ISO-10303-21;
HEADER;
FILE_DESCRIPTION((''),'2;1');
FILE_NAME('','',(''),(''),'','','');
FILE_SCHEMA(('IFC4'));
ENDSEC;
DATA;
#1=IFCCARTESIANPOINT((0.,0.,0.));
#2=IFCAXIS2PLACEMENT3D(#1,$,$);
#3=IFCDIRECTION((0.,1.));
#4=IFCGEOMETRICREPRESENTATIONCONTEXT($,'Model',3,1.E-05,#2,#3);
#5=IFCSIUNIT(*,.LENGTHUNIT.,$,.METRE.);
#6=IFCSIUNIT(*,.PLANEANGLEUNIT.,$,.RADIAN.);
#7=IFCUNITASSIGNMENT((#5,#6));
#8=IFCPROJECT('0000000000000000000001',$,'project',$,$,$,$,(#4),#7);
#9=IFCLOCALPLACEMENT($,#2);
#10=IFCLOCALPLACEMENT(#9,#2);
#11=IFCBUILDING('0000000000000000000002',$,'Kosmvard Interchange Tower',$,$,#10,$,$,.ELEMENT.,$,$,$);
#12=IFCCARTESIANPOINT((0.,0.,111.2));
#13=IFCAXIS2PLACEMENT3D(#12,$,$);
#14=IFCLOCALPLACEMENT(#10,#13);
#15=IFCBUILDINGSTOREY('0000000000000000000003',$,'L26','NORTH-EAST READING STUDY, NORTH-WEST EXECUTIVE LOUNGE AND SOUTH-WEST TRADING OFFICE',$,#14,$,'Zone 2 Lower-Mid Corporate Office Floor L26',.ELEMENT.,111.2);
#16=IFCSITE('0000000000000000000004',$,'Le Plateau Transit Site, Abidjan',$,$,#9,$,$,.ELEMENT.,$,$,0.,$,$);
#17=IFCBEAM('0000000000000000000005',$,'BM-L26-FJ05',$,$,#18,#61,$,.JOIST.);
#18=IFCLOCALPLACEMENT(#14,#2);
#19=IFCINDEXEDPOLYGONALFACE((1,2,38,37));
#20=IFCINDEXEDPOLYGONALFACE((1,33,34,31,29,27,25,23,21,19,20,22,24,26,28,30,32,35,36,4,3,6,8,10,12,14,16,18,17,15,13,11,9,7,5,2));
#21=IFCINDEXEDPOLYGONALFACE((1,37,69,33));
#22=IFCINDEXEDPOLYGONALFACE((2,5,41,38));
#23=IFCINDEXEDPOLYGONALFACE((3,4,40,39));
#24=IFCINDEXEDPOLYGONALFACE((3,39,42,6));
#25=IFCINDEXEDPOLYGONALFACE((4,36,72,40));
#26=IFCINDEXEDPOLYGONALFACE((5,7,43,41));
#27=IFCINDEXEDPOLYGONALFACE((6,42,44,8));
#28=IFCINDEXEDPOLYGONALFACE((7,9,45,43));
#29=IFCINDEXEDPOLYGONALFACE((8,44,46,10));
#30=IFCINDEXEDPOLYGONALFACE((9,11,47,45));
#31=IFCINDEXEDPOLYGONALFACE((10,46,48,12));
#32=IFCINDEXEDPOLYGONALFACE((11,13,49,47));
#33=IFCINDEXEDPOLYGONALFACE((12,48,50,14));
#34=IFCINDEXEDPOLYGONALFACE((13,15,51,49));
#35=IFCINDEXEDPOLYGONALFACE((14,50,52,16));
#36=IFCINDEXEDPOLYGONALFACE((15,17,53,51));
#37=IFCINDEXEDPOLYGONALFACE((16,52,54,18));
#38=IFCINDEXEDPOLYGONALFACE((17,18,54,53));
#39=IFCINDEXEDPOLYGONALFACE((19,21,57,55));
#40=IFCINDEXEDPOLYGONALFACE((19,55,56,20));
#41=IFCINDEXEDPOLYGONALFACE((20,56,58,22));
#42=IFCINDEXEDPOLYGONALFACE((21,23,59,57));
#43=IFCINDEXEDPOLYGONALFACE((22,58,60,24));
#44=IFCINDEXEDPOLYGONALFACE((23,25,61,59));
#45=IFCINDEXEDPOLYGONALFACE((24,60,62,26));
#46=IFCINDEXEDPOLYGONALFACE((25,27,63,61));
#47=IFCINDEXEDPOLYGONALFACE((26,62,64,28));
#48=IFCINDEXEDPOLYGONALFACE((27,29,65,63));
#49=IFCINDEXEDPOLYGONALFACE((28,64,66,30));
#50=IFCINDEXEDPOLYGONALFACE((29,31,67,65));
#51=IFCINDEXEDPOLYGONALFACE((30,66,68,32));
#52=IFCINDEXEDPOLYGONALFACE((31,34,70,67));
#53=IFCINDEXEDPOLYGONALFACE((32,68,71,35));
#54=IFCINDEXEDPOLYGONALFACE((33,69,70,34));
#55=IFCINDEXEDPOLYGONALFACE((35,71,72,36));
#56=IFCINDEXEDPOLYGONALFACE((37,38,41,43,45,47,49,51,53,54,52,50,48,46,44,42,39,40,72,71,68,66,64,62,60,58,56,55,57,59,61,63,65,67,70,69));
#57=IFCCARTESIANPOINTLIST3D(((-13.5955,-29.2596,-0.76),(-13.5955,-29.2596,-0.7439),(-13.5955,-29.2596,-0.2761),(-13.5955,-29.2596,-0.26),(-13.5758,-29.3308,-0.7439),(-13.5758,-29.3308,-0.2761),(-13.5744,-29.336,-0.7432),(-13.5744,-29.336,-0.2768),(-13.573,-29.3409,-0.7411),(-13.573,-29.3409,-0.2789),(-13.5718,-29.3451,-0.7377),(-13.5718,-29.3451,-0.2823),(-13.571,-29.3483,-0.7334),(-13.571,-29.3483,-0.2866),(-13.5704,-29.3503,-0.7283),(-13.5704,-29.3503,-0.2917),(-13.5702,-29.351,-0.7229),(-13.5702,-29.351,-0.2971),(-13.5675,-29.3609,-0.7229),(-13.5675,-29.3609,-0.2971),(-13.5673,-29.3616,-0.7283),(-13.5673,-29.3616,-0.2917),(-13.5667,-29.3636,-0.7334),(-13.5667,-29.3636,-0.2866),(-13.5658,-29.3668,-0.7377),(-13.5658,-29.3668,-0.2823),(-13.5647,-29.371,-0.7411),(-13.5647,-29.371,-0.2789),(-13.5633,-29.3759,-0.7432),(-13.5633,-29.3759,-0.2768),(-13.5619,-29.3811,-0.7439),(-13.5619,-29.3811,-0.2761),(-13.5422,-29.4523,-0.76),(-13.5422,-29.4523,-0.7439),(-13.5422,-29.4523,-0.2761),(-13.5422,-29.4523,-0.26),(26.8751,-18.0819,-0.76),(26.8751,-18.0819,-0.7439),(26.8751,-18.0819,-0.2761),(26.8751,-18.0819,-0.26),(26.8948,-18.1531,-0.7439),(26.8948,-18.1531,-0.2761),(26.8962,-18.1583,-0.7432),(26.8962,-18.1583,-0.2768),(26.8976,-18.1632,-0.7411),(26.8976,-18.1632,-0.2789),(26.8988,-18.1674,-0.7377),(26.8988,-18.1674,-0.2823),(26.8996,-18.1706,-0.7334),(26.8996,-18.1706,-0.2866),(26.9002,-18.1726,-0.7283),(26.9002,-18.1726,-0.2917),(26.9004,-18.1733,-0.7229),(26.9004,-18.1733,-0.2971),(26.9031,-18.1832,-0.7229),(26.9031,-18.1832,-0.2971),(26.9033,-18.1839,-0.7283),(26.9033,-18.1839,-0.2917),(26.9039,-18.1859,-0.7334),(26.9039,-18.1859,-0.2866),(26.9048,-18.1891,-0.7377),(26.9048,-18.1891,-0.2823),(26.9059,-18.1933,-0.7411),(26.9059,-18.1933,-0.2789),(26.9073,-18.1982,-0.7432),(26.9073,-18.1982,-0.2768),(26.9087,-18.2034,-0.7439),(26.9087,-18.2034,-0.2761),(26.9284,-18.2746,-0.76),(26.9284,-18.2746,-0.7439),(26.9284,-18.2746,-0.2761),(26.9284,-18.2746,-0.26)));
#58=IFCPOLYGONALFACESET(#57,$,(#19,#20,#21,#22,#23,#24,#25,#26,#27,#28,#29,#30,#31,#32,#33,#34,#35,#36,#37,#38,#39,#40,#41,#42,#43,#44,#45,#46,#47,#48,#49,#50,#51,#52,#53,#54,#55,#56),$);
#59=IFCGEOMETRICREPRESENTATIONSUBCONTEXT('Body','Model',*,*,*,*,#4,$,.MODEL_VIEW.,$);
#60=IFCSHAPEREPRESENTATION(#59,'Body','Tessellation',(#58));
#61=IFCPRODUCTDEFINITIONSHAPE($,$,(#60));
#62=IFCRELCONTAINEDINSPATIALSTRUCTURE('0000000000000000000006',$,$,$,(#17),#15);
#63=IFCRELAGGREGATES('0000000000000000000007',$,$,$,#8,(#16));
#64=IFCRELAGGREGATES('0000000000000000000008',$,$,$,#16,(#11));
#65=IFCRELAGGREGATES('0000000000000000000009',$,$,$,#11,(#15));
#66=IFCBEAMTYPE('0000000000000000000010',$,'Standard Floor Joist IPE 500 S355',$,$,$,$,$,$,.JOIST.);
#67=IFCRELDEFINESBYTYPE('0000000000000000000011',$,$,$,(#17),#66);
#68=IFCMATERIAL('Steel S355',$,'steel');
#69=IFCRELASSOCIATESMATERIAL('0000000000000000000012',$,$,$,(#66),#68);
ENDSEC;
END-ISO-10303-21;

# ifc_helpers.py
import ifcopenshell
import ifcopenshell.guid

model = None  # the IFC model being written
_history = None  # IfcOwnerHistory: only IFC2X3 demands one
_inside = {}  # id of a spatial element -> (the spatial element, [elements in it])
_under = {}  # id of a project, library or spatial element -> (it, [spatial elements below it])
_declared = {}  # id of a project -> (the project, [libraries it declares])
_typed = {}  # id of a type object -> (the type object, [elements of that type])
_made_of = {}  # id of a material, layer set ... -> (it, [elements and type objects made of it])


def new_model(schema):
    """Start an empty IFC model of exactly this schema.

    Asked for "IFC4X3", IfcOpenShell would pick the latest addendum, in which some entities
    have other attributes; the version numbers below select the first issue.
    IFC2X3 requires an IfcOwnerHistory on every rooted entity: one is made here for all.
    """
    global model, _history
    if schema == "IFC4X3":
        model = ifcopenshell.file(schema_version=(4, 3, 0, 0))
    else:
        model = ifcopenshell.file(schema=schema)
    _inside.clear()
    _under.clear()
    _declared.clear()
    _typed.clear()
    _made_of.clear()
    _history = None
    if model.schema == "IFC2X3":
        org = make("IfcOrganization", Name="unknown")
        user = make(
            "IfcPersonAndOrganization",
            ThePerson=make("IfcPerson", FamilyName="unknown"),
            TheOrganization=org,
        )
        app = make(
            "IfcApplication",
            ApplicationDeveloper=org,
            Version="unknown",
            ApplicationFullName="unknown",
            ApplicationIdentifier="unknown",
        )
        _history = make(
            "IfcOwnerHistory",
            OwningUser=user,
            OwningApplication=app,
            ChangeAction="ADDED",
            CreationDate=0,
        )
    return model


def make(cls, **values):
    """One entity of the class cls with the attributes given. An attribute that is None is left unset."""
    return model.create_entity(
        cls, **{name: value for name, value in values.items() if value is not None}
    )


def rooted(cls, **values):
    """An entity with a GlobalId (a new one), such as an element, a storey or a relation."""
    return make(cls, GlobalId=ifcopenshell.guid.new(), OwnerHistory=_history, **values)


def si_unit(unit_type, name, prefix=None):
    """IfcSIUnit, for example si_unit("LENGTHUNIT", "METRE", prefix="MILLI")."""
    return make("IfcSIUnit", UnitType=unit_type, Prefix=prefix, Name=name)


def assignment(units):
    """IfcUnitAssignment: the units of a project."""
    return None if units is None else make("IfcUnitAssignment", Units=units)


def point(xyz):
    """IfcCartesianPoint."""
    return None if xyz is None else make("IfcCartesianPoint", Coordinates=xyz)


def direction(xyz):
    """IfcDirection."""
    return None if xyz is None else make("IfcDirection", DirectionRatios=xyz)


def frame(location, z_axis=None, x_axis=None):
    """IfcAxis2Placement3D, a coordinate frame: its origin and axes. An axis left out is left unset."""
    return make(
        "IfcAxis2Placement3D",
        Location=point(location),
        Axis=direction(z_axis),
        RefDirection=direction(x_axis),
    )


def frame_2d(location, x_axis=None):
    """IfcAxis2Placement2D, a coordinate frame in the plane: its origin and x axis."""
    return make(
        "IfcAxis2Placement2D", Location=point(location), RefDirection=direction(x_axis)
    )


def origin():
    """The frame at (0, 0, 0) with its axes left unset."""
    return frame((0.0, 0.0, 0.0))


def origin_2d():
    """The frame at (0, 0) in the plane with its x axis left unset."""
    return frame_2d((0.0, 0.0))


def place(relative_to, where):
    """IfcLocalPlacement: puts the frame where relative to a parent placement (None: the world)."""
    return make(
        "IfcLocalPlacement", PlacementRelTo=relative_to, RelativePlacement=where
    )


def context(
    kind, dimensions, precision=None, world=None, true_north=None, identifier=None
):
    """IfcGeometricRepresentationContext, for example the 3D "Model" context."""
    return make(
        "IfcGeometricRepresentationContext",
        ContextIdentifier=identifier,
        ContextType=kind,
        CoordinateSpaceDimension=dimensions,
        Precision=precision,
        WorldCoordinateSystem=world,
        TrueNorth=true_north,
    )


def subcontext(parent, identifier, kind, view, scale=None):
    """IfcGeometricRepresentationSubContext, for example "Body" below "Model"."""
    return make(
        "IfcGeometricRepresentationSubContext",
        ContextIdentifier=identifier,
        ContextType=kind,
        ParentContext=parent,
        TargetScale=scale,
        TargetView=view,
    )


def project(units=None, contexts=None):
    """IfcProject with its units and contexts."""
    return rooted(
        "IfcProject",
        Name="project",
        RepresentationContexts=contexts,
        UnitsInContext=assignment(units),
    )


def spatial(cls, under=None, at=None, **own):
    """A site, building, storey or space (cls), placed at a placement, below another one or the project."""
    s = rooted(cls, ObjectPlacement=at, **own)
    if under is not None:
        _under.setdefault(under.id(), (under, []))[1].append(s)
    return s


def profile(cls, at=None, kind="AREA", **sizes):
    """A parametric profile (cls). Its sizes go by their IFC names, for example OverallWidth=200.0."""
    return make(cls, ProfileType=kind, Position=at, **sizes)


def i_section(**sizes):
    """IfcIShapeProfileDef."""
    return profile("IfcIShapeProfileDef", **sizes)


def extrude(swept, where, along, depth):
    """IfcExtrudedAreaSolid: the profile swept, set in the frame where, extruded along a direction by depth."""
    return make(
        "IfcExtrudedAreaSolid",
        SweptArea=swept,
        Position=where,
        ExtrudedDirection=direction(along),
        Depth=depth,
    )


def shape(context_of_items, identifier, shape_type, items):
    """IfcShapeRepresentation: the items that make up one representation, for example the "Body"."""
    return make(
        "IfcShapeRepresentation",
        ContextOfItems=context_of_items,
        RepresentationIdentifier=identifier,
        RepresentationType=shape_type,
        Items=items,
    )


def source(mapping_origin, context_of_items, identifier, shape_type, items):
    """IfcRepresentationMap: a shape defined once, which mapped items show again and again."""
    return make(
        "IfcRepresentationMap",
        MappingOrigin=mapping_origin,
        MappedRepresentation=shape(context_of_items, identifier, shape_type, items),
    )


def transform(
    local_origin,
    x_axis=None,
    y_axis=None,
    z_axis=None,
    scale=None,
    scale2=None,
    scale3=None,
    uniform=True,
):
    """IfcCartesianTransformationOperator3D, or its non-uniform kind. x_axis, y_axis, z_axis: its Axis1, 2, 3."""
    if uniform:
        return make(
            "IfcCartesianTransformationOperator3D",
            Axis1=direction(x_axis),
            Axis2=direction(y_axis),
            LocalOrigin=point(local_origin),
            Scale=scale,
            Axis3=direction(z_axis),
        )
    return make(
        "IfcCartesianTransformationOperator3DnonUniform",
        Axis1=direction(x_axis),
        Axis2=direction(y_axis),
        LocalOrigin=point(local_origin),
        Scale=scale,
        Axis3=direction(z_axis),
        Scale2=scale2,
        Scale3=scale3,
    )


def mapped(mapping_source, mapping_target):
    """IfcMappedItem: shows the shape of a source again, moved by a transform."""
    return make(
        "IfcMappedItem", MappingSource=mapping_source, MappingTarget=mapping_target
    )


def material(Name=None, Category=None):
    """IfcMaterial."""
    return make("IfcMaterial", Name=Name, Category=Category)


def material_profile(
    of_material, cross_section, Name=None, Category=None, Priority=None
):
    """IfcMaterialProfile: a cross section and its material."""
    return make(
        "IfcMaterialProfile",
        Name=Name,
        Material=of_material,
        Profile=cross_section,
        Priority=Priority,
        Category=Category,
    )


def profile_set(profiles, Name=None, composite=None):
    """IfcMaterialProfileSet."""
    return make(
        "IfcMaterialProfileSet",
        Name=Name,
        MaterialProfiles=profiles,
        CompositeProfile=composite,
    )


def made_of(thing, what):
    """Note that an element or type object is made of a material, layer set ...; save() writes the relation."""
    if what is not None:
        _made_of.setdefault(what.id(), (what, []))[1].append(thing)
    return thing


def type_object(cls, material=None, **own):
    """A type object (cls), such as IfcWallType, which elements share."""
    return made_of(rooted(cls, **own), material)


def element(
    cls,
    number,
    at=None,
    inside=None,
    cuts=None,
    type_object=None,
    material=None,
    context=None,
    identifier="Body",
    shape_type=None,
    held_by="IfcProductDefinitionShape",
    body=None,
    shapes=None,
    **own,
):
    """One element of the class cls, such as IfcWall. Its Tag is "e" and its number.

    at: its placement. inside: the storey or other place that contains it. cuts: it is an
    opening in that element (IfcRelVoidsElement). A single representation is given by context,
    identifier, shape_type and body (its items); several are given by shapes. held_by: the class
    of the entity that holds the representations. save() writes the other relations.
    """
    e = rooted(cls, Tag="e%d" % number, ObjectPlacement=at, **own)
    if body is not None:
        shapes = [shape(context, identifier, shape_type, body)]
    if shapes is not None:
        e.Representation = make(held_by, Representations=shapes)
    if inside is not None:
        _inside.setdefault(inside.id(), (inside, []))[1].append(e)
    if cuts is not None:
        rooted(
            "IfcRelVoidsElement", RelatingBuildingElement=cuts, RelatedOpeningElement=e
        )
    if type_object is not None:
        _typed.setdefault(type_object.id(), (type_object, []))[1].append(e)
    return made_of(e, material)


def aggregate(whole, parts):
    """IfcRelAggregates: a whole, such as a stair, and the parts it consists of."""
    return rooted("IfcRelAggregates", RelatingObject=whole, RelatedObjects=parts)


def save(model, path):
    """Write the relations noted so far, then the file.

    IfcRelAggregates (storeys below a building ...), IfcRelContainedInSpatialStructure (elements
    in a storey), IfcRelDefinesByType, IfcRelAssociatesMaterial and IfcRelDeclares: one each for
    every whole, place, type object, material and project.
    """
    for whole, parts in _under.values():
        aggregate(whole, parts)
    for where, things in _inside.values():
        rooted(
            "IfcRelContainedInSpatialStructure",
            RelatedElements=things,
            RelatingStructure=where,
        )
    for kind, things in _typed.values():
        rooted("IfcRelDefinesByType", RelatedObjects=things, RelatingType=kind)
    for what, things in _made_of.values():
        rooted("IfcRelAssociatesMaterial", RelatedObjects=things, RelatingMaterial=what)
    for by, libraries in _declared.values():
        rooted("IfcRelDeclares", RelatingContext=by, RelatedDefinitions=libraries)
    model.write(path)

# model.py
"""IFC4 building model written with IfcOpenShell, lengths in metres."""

from ifc_helpers import new_model, si_unit, direction, frame, origin, origin_2d, place, context, subcontext, project, spatial, i_section, extrude, source, transform, mapped, material, material_profile, profile_set, type_object, element, save


model = new_model("IFC4")

# Units and contexts
model_context = context("Model", 3, precision=1e-05, world=origin(), true_north=direction((0.0, 1.0)))
body_context = subcontext(model_context, "Body", "Model", "MODEL_VIEW")
ifc_project = project(units=[si_unit("LENGTHUNIT", "METRE"), si_unit("PLANEANGLEUNIT", "RADIAN")], contexts=[model_context])

# Site, building, storey
site_placement = place(None, origin())
site = spatial("IfcSite", under=ifc_project, at=site_placement, Name="Le Plateau Transit Site, Abidjan", CompositionType="ELEMENT", RefElevation=0.0)
building_placement = place(site_placement, origin())
building = spatial("IfcBuilding", under=site, at=building_placement, Name="Kosmvard Interchange Tower", CompositionType="ELEMENT")
storey_placement = place(building_placement, frame((0.0, 0.0, 111.2)))
storey = spatial("IfcBuildingStorey", under=building, at=storey_placement, Name="L26", Description="NORTH-EAST READING STUDY, NORTH-WEST EXECUTIVE LOUNGE AND SOUTH-WEST TRADING OFFICE", LongName="Zone 2 Lower-Mid Corporate Office Floor L26", CompositionType="ELEMENT", Elevation=111.2)

# Beam
ifc_material_1 = material(Name="Steel S355", Category="steel")
ifc_material_profile_1 = material_profile(ifc_material_1, i_section(OverallWidth=0.2, OverallDepth=0.5, WebThickness=0.0103, FlangeThickness=0.0161, FilletRadius=0.021, at=origin_2d()), Name="IPE 500")
ifc_profile_set_1 = profile_set([ifc_material_profile_1], Name="Steel S355")
beam_type_1 = type_object("IfcBeamType", Name="Standard Floor Joist IPE 500 S355", PredefinedType="JOIST", material=ifc_profile_set_1)
shared_shape_1 = source(origin(), body_context, "Body", "SweptSolid", [
    extrude(i_section(OverallWidth=0.2, OverallDepth=0.5, WebThickness=0.0103, FlangeThickness=0.0161, FilletRadius=0.021, at=origin_2d()), origin(), (0.0, 0.0, 1.0), 41.9858),
])
beam_1_placement = place(storey_placement, frame((-13.5688, -29.356, -0.51), z_axis=(0.963911, 0.266226, 0.0), x_axis=(-0.266226, 0.963911, 0.0)))
element("IfcBeam", 1, at=beam_1_placement, inside=storey, type_object=beam_type_1, Name="BM-L26-FJ05", PredefinedType="JOIST", context=body_context, shape_type="MappedRepresentation", body=[
    mapped(shared_shape_1, transform((0.0, 0.0, 0.0), scale=1.0)),
])

save(model, "model.ifc")
